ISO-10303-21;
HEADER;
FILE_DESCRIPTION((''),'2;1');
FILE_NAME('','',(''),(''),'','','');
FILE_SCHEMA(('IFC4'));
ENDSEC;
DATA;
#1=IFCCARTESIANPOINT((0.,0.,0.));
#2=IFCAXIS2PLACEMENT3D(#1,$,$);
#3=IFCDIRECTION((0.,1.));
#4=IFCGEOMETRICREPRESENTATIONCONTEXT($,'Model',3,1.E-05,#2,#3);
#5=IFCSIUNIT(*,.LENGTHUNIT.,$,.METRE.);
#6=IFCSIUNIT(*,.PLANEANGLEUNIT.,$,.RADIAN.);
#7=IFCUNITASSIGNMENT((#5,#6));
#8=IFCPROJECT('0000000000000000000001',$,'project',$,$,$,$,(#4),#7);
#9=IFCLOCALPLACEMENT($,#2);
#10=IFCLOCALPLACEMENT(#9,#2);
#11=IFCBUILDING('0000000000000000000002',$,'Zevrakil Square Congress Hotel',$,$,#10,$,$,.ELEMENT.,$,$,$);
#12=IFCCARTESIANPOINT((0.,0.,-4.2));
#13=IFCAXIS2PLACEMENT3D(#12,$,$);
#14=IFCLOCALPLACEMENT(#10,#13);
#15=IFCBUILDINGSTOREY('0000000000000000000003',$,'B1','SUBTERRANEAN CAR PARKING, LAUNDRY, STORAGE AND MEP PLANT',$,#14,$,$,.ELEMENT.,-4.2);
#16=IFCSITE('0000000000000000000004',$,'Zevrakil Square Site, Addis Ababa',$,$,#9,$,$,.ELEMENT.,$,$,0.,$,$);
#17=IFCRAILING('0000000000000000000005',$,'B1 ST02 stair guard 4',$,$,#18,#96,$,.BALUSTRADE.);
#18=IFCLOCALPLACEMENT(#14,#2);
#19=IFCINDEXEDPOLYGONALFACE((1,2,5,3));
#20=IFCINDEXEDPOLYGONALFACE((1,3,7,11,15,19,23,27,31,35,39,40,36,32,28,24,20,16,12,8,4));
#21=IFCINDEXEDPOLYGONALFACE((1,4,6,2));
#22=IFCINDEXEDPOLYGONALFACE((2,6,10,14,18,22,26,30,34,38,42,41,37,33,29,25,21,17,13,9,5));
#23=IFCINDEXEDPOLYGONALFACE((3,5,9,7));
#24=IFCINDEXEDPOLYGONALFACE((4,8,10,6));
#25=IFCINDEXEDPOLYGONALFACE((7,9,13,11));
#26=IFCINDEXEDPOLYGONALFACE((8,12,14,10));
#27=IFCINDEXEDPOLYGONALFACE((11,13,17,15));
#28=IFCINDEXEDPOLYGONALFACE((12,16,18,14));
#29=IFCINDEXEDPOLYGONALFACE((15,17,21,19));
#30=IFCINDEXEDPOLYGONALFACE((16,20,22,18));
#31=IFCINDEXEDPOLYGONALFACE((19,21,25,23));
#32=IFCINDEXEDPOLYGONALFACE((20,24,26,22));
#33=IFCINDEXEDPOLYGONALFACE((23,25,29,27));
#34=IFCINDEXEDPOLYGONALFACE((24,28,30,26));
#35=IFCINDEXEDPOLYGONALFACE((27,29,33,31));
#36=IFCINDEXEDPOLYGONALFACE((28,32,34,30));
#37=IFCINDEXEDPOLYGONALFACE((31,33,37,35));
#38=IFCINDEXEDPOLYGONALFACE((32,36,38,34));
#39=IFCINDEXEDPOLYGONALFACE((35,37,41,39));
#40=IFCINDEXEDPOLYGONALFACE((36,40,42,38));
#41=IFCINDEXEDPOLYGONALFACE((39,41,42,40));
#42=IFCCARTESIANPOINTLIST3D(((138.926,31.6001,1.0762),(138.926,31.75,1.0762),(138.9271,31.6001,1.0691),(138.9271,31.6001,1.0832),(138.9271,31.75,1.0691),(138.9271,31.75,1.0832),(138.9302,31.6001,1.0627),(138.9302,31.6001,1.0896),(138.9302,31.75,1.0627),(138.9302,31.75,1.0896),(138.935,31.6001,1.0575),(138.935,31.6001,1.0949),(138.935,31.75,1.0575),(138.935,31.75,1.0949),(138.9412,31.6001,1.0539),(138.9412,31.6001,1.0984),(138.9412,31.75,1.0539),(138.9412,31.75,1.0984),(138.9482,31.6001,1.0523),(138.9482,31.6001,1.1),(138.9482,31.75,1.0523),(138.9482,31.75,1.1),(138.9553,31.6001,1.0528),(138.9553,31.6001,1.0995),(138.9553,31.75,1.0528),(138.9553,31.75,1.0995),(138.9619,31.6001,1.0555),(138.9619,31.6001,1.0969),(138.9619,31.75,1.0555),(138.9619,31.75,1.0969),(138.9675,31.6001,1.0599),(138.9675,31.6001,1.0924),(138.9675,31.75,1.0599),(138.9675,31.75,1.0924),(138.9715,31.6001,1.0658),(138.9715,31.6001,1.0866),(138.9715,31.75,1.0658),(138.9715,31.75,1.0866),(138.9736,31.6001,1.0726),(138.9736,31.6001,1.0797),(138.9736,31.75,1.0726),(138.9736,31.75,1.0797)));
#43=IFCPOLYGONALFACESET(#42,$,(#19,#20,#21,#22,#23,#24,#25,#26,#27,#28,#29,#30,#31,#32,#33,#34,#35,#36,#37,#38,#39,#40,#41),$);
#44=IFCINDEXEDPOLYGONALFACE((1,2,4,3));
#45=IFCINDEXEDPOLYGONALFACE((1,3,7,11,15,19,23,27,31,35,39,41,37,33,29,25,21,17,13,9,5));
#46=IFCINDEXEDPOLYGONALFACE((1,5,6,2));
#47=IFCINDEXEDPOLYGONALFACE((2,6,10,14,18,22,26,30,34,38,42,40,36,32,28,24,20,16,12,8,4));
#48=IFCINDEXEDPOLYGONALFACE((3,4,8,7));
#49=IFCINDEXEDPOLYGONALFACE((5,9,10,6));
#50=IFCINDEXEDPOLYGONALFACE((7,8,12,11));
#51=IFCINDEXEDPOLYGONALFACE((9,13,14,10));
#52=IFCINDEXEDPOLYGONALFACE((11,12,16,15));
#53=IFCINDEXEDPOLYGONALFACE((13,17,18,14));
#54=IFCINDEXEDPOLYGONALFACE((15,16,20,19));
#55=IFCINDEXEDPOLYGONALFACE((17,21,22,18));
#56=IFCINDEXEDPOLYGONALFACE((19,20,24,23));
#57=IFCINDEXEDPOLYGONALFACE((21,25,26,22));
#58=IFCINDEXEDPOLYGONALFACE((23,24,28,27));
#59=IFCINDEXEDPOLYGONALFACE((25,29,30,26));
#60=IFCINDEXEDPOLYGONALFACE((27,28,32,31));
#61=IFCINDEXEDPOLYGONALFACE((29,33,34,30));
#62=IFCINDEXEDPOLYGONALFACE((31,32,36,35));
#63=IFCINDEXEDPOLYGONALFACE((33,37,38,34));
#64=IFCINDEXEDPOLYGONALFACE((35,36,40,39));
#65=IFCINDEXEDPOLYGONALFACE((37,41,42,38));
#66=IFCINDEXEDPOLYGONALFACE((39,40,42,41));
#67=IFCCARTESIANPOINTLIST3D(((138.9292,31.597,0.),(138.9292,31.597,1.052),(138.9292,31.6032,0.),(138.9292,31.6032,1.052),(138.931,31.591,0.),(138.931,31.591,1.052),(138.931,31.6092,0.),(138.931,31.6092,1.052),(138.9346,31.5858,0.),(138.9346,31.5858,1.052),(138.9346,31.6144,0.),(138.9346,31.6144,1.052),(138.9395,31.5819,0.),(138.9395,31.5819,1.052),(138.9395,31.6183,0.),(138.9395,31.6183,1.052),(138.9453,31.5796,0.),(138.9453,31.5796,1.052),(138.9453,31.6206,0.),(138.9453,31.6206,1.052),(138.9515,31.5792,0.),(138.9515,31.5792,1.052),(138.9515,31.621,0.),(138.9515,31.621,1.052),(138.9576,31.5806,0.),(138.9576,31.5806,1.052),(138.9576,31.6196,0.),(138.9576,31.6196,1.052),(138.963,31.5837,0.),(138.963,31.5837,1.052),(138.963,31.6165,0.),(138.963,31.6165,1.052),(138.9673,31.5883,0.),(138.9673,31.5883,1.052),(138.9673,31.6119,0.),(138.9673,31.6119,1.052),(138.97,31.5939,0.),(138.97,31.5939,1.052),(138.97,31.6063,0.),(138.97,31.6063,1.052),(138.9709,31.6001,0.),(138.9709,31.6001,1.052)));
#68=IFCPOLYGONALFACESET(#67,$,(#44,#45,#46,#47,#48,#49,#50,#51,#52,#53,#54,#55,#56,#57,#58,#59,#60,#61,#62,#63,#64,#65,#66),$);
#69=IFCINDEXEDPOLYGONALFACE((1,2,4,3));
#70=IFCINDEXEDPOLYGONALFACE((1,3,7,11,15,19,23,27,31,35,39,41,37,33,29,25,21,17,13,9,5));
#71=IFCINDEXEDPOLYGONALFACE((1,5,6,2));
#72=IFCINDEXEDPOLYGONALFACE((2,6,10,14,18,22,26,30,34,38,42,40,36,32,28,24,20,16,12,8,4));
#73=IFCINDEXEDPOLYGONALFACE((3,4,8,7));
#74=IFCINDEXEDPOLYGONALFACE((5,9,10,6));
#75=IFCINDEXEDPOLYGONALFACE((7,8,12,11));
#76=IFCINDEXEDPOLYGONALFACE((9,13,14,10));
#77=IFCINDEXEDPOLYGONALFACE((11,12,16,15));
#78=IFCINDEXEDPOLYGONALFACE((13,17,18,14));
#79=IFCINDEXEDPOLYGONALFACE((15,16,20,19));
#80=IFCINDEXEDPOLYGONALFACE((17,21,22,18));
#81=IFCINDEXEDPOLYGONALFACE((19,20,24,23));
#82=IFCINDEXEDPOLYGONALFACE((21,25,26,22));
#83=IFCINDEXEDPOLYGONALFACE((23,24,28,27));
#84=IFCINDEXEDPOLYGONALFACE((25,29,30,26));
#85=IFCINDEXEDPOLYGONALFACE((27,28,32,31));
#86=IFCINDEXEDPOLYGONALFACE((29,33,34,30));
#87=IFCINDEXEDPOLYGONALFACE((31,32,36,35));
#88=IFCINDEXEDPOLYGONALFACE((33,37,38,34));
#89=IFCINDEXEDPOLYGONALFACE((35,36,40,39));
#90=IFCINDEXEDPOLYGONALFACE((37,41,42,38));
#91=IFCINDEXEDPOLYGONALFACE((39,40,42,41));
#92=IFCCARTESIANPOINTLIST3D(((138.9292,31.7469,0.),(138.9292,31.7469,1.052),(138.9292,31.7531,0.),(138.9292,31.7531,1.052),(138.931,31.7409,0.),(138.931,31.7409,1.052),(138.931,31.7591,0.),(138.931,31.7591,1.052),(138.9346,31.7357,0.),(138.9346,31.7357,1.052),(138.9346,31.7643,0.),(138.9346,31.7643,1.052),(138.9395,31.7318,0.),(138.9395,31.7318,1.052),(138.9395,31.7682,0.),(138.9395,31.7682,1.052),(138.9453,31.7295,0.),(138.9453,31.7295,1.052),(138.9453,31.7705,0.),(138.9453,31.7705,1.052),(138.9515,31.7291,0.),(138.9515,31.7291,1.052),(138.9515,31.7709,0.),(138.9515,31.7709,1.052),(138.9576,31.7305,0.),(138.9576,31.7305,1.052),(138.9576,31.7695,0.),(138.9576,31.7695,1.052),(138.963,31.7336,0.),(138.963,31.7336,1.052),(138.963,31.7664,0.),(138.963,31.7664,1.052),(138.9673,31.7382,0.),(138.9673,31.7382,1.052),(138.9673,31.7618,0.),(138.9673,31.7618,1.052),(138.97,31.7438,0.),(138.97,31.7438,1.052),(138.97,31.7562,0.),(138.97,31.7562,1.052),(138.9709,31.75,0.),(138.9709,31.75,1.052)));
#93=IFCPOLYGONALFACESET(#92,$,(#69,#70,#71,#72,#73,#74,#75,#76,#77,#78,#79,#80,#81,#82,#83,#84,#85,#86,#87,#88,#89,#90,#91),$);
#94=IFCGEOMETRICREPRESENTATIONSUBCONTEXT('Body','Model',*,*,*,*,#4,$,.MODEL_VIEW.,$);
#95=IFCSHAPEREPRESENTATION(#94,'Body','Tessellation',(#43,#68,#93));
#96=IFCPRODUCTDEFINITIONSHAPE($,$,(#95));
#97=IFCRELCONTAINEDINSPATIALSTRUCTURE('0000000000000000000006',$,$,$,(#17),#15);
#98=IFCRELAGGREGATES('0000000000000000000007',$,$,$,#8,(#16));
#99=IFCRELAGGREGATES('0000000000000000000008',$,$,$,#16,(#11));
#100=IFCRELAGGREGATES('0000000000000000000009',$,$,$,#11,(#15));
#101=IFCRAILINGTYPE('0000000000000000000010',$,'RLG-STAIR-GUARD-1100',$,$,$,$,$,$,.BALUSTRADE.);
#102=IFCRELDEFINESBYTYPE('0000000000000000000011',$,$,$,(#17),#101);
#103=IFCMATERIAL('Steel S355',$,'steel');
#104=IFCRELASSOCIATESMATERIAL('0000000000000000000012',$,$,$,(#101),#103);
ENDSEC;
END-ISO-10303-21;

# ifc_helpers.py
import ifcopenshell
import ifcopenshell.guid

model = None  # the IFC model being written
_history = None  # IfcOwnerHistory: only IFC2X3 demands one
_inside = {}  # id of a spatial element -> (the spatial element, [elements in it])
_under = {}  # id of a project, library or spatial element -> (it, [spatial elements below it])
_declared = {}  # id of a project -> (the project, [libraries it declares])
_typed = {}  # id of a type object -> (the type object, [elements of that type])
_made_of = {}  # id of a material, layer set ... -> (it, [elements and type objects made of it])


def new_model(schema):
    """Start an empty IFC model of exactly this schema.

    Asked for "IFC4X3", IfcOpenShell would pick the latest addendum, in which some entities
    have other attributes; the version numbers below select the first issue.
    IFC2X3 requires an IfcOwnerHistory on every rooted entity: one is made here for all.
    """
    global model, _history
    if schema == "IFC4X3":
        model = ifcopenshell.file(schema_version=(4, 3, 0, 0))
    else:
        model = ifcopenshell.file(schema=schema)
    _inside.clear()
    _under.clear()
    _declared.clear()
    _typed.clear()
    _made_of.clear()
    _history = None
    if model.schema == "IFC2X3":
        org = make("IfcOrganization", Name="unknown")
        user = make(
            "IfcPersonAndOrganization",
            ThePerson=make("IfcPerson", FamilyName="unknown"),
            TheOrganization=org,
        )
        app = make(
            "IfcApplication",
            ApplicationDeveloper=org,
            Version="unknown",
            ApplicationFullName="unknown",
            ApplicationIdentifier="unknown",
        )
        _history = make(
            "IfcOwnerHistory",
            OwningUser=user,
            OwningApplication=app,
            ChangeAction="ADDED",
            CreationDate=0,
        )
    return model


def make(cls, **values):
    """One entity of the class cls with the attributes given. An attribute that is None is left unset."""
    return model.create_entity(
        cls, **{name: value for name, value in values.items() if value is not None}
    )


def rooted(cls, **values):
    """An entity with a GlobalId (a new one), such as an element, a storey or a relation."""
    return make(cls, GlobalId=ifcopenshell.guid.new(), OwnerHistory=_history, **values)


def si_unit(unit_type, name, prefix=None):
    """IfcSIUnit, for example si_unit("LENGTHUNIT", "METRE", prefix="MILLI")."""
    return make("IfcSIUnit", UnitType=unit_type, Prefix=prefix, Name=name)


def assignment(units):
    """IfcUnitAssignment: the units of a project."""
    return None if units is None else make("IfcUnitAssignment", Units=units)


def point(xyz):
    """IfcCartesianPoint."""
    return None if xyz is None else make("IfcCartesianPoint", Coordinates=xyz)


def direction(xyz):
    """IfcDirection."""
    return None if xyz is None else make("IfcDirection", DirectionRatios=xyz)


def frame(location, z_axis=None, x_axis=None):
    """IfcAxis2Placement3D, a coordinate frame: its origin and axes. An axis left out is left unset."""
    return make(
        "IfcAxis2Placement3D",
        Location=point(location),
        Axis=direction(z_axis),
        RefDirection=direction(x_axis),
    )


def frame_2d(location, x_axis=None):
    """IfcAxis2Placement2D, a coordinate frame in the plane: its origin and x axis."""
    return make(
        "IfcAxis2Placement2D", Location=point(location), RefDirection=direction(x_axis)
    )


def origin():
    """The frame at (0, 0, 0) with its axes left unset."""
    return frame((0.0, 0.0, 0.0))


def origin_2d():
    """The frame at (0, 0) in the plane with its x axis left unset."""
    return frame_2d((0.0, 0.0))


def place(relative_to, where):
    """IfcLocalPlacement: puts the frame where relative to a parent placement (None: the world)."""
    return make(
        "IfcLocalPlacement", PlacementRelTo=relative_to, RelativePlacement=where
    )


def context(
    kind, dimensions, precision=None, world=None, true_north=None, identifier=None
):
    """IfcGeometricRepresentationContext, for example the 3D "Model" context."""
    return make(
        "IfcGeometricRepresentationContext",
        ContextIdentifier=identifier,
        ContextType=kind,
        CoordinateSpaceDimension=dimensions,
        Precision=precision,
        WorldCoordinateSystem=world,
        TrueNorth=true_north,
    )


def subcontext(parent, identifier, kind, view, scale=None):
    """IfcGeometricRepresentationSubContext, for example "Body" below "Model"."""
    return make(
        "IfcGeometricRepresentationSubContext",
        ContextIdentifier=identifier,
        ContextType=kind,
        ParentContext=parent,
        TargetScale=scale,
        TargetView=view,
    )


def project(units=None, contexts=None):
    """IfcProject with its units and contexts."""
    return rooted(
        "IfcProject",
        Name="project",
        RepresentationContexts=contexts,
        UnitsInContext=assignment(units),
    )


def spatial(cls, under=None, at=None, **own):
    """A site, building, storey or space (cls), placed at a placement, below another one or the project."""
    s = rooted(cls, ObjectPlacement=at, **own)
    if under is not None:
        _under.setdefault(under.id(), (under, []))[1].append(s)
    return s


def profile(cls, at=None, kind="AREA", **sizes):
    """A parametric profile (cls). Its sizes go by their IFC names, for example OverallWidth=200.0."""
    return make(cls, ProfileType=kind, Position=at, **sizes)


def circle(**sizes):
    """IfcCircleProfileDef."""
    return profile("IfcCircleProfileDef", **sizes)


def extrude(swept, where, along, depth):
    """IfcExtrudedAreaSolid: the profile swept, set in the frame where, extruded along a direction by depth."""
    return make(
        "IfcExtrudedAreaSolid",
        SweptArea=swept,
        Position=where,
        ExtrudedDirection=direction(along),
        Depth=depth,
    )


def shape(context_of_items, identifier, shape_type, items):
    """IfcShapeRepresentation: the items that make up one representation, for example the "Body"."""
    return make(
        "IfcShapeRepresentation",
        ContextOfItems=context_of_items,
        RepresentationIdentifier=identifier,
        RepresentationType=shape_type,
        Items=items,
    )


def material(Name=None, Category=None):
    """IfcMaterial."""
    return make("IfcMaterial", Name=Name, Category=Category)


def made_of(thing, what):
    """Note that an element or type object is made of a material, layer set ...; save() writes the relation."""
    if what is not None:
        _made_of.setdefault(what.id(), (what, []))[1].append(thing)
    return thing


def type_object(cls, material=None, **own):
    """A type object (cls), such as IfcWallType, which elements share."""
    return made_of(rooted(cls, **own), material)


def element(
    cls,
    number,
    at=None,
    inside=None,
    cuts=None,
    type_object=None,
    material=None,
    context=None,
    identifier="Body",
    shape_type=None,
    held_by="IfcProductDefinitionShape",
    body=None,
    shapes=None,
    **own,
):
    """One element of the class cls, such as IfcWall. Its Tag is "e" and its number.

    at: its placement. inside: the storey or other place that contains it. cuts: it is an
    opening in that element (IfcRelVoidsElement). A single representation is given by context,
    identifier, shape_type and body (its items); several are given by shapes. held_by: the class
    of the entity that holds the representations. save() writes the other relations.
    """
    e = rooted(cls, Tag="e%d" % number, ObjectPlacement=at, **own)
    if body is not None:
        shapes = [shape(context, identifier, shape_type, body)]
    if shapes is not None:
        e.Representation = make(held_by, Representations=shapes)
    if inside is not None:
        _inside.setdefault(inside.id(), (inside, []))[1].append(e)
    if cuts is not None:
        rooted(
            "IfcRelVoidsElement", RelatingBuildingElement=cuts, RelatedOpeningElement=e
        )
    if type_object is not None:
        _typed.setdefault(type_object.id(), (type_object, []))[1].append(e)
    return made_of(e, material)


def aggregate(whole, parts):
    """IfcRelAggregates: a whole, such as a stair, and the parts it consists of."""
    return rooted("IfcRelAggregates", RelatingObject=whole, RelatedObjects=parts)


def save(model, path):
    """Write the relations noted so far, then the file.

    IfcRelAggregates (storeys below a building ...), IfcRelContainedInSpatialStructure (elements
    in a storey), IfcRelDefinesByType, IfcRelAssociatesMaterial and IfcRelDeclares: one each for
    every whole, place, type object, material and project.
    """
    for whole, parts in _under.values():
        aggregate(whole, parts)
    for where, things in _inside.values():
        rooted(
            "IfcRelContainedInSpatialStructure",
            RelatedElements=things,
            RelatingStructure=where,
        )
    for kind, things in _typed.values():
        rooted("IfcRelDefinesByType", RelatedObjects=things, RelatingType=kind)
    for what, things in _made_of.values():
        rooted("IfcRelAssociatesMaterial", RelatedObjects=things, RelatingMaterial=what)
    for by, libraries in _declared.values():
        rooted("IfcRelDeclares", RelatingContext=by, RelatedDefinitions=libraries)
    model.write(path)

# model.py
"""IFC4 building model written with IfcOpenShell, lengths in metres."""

from ifc_helpers import new_model, si_unit, direction, frame, origin, origin_2d, place, context, subcontext, project, spatial, circle, extrude, material, type_object, element, save


model = new_model("IFC4")

# Units and contexts
model_context = context("Model", 3, precision=1e-05, world=origin(), true_north=direction((0.0, 1.0)))
body_context = subcontext(model_context, "Body", "Model", "MODEL_VIEW")
ifc_project = project(units=[si_unit("LENGTHUNIT", "METRE"), si_unit("PLANEANGLEUNIT", "RADIAN")], contexts=[model_context])

# Site, building, storey
site_placement = place(None, origin())
site = spatial("IfcSite", under=ifc_project, at=site_placement, Name="Zevrakil Square Site, Addis Ababa", CompositionType="ELEMENT", RefElevation=0.0)
building_placement = place(site_placement, origin())
building = spatial("IfcBuilding", under=site, at=building_placement, Name="Zevrakil Square Congress Hotel", CompositionType="ELEMENT")
storey_placement = place(building_placement, frame((0.0, 0.0, -4.2)))
storey = spatial("IfcBuildingStorey", under=building, at=storey_placement, Name="B1", Description="SUBTERRANEAN CAR PARKING, LAUNDRY, STORAGE AND MEP PLANT", CompositionType="ELEMENT", Elevation=-4.2)

# Railing
ifc_material_1 = material(Name="Steel S355", Category="steel")
railing_type_1 = type_object("IfcRailingType", Name="RLG-STAIR-GUARD-1100", PredefinedType="BALUSTRADE", material=ifc_material_1)
railing_1_placement = place(storey_placement, frame((138.95, 31.6001, 0.0)))
element("IfcRailing", 1, at=railing_1_placement, inside=storey, type_object=railing_type_1, Name="B1 ST02 stair guard 4", PredefinedType="BALUSTRADE", context=body_context, shape_type="SweptSolid", body=[
    extrude(circle(Radius=0.0239, at=origin_2d()), frame((0.0, 0.0, 1.0762), z_axis=(0.0, 1.0, 0.0), x_axis=(-1.0, 0.0, 0.0)), (0.0, 0.0, 1.0), 0.1499),
    extrude(circle(Radius=0.021, at=origin_2d()), origin(), (0.0, 0.0, 1.0), 1.052),
    extrude(circle(Radius=0.021, at=origin_2d()), frame((0.0, 0.1499, 0.0)), (0.0, 0.0, 1.0), 1.052),
])

save(model, "model.ifc")
